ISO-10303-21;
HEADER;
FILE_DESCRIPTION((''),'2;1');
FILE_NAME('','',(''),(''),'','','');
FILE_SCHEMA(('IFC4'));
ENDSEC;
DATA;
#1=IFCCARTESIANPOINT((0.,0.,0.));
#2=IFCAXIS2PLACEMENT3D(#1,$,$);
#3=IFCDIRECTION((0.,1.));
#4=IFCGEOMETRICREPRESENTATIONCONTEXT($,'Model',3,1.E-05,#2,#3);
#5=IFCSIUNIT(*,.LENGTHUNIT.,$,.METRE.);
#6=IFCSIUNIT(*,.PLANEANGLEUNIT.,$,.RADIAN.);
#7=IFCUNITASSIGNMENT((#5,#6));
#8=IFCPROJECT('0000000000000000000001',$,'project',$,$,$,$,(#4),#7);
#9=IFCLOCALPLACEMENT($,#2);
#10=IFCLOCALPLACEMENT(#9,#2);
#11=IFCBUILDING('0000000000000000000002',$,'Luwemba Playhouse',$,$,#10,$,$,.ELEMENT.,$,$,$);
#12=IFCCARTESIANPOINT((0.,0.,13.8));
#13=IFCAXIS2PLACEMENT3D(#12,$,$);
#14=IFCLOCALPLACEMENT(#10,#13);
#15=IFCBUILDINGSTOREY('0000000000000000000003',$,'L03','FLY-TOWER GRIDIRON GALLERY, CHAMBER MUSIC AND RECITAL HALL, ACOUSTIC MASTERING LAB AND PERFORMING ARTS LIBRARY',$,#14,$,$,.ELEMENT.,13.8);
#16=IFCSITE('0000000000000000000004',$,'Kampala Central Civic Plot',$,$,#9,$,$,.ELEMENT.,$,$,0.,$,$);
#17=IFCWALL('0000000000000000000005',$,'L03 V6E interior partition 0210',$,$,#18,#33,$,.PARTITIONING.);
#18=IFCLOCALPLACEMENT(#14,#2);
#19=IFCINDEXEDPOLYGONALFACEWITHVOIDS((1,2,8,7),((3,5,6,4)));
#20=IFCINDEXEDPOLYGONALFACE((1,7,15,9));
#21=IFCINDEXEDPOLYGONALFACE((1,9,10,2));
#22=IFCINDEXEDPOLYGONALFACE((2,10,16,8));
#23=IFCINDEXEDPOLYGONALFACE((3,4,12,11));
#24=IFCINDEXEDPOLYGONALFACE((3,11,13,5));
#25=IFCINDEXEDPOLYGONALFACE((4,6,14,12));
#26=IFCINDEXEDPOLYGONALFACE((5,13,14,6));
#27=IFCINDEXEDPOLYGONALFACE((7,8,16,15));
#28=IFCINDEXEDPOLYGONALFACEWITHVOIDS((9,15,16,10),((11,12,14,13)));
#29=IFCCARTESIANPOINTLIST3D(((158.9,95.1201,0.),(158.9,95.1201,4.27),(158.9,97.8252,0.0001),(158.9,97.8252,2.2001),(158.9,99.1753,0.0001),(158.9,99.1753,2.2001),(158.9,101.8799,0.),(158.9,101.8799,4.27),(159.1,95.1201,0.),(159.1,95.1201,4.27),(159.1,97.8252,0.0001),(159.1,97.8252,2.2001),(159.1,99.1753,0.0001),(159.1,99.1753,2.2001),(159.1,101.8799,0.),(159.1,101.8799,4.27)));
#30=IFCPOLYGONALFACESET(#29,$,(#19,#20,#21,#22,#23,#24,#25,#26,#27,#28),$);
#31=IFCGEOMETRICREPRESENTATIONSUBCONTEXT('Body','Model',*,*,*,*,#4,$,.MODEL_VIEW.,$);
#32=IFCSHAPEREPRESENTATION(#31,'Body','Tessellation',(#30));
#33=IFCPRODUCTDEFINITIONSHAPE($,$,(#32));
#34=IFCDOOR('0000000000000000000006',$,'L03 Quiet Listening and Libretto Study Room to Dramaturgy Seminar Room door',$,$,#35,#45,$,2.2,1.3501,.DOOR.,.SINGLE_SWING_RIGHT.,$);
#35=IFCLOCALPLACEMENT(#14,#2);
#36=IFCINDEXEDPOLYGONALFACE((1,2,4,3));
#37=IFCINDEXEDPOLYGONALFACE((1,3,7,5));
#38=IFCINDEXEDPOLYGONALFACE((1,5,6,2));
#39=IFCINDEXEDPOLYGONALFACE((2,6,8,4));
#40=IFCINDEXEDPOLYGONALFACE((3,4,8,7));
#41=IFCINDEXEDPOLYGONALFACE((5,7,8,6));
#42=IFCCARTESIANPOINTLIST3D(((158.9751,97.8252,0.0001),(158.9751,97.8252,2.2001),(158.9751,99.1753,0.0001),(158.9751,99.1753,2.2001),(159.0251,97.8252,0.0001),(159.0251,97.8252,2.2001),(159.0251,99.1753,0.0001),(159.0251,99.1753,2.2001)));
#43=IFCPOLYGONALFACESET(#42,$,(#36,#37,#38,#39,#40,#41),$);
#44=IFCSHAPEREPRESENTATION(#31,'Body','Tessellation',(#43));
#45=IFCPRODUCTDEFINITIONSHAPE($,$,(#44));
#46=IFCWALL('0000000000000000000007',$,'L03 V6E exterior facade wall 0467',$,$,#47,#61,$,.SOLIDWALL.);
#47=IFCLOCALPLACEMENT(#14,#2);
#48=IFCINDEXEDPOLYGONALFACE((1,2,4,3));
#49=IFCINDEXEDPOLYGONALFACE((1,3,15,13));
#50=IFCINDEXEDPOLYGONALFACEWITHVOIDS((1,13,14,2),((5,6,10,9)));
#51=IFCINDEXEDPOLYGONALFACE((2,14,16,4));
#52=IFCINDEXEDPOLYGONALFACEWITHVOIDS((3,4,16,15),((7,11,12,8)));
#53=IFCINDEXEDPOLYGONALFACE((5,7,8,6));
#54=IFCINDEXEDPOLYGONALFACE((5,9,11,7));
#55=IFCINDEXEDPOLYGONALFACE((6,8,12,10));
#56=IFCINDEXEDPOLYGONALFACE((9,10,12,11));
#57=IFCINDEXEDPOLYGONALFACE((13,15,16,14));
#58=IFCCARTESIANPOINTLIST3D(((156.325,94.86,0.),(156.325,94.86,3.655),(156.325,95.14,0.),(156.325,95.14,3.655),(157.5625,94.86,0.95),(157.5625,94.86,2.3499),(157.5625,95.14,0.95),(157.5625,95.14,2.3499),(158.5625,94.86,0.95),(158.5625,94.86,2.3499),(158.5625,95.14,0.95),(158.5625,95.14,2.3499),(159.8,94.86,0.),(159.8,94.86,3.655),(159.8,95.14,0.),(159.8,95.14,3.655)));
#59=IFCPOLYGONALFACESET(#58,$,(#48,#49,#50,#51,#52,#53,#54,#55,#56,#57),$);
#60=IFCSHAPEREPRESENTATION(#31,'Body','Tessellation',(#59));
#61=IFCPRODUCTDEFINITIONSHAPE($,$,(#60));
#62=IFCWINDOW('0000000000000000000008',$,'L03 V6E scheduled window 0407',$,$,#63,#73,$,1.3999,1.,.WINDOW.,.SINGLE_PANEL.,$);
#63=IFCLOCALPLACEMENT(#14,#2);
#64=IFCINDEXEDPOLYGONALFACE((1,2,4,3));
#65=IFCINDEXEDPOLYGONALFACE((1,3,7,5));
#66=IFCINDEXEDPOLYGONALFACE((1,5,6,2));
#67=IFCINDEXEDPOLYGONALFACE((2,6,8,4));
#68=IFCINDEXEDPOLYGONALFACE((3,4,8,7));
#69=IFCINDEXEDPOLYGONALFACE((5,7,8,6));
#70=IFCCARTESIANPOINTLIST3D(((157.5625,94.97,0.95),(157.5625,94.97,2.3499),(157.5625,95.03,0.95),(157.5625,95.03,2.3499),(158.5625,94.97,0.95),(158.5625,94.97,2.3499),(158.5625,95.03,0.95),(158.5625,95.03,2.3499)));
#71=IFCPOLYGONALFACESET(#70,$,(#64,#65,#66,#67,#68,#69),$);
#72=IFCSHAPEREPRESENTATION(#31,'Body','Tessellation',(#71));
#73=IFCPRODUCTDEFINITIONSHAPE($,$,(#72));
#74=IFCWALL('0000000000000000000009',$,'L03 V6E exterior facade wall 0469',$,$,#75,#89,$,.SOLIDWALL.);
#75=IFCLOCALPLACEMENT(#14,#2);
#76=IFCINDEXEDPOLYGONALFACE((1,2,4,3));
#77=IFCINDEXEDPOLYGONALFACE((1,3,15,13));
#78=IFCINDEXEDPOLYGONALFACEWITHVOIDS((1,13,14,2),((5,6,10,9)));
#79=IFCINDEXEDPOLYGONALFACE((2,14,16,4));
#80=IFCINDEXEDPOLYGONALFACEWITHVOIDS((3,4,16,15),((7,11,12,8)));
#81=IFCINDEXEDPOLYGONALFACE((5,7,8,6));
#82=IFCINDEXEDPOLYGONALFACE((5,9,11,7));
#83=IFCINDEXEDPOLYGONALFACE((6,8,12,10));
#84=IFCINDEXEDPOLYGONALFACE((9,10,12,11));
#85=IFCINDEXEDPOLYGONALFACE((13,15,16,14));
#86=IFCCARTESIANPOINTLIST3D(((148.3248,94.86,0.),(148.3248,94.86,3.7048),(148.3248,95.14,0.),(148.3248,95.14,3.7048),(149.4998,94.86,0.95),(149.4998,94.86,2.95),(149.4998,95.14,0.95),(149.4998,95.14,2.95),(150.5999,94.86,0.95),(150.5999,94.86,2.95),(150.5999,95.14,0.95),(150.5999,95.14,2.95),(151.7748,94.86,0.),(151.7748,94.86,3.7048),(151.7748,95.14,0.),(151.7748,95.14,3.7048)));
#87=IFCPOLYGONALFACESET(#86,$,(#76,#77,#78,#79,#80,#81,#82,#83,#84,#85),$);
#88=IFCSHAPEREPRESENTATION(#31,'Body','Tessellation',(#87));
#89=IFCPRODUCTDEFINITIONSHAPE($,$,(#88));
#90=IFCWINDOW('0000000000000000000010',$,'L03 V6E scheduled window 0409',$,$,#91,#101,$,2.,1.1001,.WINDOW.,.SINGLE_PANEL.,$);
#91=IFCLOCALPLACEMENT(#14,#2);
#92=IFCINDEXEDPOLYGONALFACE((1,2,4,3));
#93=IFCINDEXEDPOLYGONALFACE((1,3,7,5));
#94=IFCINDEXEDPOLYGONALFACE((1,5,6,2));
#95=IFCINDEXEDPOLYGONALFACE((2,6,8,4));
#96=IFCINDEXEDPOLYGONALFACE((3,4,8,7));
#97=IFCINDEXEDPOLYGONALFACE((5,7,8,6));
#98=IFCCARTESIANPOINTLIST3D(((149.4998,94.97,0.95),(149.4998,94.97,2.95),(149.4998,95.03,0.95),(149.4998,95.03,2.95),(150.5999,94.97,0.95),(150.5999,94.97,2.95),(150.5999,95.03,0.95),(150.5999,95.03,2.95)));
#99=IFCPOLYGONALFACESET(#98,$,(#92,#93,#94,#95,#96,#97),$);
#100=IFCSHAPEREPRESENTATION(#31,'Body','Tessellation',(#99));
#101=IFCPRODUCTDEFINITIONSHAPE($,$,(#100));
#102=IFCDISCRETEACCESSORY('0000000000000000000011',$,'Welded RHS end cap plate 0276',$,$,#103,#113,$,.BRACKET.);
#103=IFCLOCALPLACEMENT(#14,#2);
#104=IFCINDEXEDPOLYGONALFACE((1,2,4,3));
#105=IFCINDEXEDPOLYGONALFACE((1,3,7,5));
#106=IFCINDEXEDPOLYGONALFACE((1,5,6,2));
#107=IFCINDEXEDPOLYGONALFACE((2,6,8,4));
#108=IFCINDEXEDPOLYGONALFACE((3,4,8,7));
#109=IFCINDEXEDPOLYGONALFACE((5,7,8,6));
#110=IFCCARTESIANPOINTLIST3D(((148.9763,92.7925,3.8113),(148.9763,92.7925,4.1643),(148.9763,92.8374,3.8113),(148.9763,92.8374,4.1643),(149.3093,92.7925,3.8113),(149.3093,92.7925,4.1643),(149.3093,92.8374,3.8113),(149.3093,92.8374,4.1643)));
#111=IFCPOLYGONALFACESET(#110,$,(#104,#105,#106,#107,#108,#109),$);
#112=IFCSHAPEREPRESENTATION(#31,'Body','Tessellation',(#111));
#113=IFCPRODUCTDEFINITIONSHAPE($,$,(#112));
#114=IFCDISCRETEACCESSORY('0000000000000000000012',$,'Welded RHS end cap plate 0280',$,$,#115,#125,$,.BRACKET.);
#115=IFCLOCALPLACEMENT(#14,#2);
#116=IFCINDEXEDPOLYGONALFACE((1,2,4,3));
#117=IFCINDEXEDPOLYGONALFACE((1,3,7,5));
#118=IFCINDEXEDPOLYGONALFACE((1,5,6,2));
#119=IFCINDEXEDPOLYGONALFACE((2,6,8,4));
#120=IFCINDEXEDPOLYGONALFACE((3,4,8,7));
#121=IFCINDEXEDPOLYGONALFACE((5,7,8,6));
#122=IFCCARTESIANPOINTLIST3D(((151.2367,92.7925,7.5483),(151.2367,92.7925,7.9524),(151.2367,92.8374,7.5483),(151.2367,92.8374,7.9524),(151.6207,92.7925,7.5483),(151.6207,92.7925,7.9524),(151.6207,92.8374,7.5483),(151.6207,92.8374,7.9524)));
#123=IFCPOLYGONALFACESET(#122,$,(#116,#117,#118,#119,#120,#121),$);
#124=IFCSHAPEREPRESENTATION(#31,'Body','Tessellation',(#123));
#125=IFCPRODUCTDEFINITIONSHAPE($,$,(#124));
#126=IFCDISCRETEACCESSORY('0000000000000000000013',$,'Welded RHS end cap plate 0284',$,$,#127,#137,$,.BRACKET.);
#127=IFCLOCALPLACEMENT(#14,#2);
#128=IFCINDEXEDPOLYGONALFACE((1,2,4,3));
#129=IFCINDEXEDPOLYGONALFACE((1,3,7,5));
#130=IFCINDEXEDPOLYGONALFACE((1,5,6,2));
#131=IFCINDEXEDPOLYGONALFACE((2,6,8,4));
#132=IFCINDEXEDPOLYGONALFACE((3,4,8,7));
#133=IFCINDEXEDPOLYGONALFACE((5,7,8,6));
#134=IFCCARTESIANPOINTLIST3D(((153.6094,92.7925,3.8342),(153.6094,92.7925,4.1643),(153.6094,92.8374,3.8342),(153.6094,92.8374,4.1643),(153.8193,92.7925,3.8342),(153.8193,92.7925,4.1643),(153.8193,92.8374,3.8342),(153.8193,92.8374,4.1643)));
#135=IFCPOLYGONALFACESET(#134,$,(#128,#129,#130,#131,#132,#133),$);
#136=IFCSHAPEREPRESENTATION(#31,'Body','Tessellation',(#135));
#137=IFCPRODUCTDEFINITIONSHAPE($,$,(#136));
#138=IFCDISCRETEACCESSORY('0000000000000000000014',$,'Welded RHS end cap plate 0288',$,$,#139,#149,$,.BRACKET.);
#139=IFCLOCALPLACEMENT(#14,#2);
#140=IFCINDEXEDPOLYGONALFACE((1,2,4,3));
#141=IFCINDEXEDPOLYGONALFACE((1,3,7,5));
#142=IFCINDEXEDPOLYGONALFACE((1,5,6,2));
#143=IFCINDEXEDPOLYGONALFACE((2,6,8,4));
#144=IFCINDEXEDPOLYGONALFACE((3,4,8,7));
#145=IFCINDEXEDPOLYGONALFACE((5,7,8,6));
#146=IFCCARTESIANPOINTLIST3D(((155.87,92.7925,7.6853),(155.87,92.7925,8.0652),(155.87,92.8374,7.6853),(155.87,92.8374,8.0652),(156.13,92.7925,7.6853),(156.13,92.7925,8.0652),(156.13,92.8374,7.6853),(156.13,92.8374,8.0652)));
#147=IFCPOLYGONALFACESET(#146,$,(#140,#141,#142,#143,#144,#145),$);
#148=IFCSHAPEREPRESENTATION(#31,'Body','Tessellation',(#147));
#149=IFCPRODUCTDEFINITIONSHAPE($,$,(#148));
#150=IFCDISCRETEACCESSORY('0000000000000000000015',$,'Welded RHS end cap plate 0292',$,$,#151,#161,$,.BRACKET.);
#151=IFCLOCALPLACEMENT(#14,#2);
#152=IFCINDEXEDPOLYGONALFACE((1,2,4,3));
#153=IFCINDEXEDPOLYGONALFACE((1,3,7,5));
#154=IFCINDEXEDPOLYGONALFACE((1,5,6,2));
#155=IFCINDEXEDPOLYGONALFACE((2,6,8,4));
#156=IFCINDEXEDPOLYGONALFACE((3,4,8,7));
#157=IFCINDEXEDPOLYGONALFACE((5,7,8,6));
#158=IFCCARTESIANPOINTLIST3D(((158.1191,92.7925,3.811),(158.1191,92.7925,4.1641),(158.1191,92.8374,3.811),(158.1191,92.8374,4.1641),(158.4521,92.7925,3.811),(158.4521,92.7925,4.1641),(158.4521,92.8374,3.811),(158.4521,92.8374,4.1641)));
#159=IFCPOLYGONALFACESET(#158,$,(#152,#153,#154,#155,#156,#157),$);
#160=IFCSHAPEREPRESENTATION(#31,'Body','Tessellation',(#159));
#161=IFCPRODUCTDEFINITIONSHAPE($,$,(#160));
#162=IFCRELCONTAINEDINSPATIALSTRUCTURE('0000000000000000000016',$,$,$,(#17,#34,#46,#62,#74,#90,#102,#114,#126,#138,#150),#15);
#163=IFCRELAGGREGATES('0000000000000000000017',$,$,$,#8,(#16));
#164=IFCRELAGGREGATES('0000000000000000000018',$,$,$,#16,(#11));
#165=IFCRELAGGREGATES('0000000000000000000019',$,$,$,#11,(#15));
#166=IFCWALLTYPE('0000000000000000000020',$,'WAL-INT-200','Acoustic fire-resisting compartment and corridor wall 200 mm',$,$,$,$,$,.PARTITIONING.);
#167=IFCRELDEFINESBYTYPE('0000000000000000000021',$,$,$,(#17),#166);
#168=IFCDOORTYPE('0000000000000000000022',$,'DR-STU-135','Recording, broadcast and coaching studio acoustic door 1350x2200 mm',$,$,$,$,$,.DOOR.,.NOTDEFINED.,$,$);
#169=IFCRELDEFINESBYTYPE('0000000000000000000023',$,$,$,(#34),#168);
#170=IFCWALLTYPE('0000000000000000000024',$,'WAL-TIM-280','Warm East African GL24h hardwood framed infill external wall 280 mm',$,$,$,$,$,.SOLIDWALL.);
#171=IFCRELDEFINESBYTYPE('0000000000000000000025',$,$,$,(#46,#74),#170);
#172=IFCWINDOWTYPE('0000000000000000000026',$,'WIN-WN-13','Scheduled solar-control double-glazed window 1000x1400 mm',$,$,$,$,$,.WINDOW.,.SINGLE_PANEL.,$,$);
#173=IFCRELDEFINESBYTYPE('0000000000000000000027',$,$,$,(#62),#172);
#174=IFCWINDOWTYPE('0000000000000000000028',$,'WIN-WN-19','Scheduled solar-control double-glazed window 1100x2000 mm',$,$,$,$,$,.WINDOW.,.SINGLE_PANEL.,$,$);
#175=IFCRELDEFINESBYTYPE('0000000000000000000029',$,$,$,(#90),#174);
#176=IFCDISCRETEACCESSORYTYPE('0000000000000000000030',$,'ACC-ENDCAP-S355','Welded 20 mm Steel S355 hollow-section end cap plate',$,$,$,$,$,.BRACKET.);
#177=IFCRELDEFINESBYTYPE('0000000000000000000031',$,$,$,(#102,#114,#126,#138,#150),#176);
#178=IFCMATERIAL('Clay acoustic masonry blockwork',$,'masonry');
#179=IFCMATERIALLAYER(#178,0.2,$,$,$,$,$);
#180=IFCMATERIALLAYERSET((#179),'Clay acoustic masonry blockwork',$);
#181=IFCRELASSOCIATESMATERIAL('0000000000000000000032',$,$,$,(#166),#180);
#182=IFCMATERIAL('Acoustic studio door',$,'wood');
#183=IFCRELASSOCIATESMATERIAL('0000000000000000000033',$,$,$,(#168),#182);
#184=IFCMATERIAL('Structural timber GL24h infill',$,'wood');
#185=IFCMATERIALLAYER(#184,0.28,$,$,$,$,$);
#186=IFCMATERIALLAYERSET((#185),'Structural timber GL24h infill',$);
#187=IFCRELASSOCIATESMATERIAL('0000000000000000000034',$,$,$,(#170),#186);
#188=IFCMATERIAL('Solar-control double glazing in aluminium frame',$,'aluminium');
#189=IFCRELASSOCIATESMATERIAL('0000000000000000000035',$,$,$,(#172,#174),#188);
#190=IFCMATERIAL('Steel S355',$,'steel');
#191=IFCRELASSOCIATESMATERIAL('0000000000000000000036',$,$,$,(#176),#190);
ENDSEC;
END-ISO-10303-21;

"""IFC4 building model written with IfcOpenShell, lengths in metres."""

from ifc_helpers import new_model, si_unit, direction, frame, frame_2d, origin, origin_2d, place, context, subcontext, project, spatial, rectangle, extrude, material, layer, layer_set, type_object, element, fill, save


model = new_model("IFC4")

# Units and contexts
model_context = context("Model", 3, precision=1e-05, world=origin(), true_north=direction((0.0, 1.0)))
body_context = subcontext(model_context, "Body", "Model", "MODEL_VIEW")
ifc_project = project(units=[si_unit("LENGTHUNIT", "METRE"), si_unit("PLANEANGLEUNIT", "RADIAN")], contexts=[model_context])

# Site, building, storey
site_placement = place(None, origin())
site = spatial("IfcSite", under=ifc_project, at=site_placement, Name="Kampala Central Civic Plot", CompositionType="ELEMENT", RefElevation=0.0)
building_placement = place(site_placement, origin())
building = spatial("IfcBuilding", under=site, at=building_placement, Name="Luwemba Playhouse", CompositionType="ELEMENT")
storey_placement = place(building_placement, frame((0.0, 0.0, 13.8)))
storey = spatial("IfcBuildingStorey", under=building, at=storey_placement, Name="L03", Description="FLY-TOWER GRIDIRON GALLERY, CHAMBER MUSIC AND RECITAL HALL, ACOUSTIC MASTERING LAB AND PERFORMING ARTS LIBRARY", CompositionType="ELEMENT", Elevation=13.8)

# Shared definitions
ifc_material_1 = material(Name="Steel S355", Category="steel")

# Shared definitions
ifc_material_2 = material(Name="Solar-control double glazing in aluminium frame", Category="aluminium")

# Wall, opening, door
ifc_material_3 = material(Name="Clay acoustic masonry blockwork", Category="masonry")
ifc_layer_1 = layer(ifc_material_3, 0.2)
ifc_layer_set_1 = layer_set([ifc_layer_1], Name="Clay acoustic masonry blockwork")
wall_type_1 = type_object("IfcWallType", Name="WAL-INT-200", Description="Acoustic fire-resisting compartment and corridor wall 200 mm", PredefinedType="PARTITIONING", material=ifc_layer_set_1)
wall_1_placement = place(storey_placement, frame((159.0, 95.1201, 0.0), z_axis=(0.0, 0.0, 1.0), x_axis=(0.0, 1.0, 0.0)))
wall_1 = element("IfcWall", 1, at=wall_1_placement, inside=storey, type_object=wall_type_1, Name="L03 V6E interior partition 0210", PredefinedType="PARTITIONING", context=body_context, shape_type="SweptSolid", body=[
    extrude(rectangle(XDim=6.7598, YDim=0.2, at=frame_2d((3.3799, 0.0))), origin(), (0.0, 0.0, 1.0), 4.27),
])
opening_1_placement = place(wall_1_placement, frame((2.7051, 0.0, 0.0)))
opening_1 = element("IfcOpeningElement", 2, at=opening_1_placement, cuts=wall_1, PredefinedType="OPENING", context=body_context, shape_type="SweptSolid", body=[
    extrude(rectangle(XDim=1.3501, YDim=2.2, at=frame_2d((0.675, 1.1001))), frame((0.0, 0.1099, 0.0), z_axis=(0.0, -1.0, 0.0), x_axis=(1.0, 0.0, 0.0)), (0.0, 0.0, 1.0), 0.22),
])
ifc_material_4 = material(Name="Acoustic studio door", Category="wood")
door_type_1 = type_object("IfcDoorType", Name="DR-STU-135", Description="Recording, broadcast and coaching studio acoustic door 1350x2200 mm", OperationType="NOTDEFINED", PredefinedType="DOOR", material=ifc_material_4)
door_1_placement = place(opening_1_placement, origin())
door_1 = element("IfcDoor", 3, at=door_1_placement, inside=storey, type_object=door_type_1, Name="L03 Quiet Listening and Libretto Study Room to Dramaturgy Seminar Room door", OperationType="SINGLE_SWING_RIGHT", OverallHeight=2.2, OverallWidth=1.3501, PredefinedType="DOOR", context=body_context, shape_type="SweptSolid", body=[
    extrude(rectangle(XDim=1.3501, YDim=2.2, at=frame_2d((0.675, 1.1001))), frame((0.0, 0.0249, 0.0), z_axis=(0.0, -1.0, 0.0), x_axis=(1.0, 0.0, 0.0)), (0.0, 0.0, 1.0), 0.05),
])
fill(opening_1, door_1)

# Walls, openings, windows
ifc_material_5 = material(Name="Structural timber GL24h infill", Category="wood")
ifc_layer_2 = layer(ifc_material_5, 0.28)
ifc_layer_set_2 = layer_set([ifc_layer_2], Name="Structural timber GL24h infill")
wall_type_2 = type_object("IfcWallType", Name="WAL-TIM-280", Description="Warm East African GL24h hardwood framed infill external wall 280 mm", PredefinedType="SOLIDWALL", material=ifc_layer_set_2)
wall_2_placement = place(storey_placement, frame((159.8, 95.0, 0.0), z_axis=(0.0, 0.0, 1.0), x_axis=(-1.0, 0.0, 0.0)))
wall_2 = element("IfcWall", 4, at=wall_2_placement, inside=storey, type_object=wall_type_2, Name="L03 V6E exterior facade wall 0467", PredefinedType="SOLIDWALL", context=body_context, shape_type="SweptSolid", body=[
    extrude(rectangle(XDim=3.4751, YDim=0.28, at=frame_2d((1.7375, 0.0))), origin(), (0.0, 0.0, 1.0), 3.655),
])
opening_2_placement = place(wall_2_placement, frame((1.2375, 0.0, 0.95)))
opening_2 = element("IfcOpeningElement", 5, at=opening_2_placement, cuts=wall_2, PredefinedType="OPENING", context=body_context, shape_type="SweptSolid", body=[
    extrude(rectangle(XDim=1.0, YDim=1.3999, at=frame_2d((0.5, 0.7))), frame((0.0, 0.1499, 0.0), z_axis=(0.0, -1.0, 0.0), x_axis=(1.0, 0.0, 0.0)), (0.0, 0.0, 1.0), 0.3),
])
window_type_1 = type_object("IfcWindowType", Name="WIN-WN-13", Description="Scheduled solar-control double-glazed window 1000x1400 mm", PartitioningType="SINGLE_PANEL", PredefinedType="WINDOW", material=ifc_material_2)
window_1_placement = place(opening_2_placement, origin())
window_1 = element("IfcWindow", 6, at=window_1_placement, inside=storey, type_object=window_type_1, Name="L03 V6E scheduled window 0407", OverallHeight=1.3999, OverallWidth=1.0, PartitioningType="SINGLE_PANEL", PredefinedType="WINDOW", context=body_context, shape_type="SweptSolid", body=[
    extrude(rectangle(XDim=1.0, YDim=1.3999, at=frame_2d((0.5, 0.7))), frame((0.0, 0.03, 0.0), z_axis=(0.0, -1.0, 0.0), x_axis=(1.0, 0.0, 0.0)), (0.0, 0.0, 1.0), 0.0601),
])
fill(opening_2, window_1)
wall_3_placement = place(storey_placement, frame((151.7749, 95.0, 0.0), z_axis=(0.0, 0.0, 1.0), x_axis=(-1.0, 0.0, 0.0)))
wall_3 = element("IfcWall", 7, at=wall_3_placement, inside=storey, type_object=wall_type_2, Name="L03 V6E exterior facade wall 0469", PredefinedType="SOLIDWALL", context=body_context, shape_type="SweptSolid", body=[
    extrude(rectangle(XDim=3.45, YDim=0.28, at=frame_2d((1.7251, 0.0))), origin(), (0.0, 0.0, 1.0), 3.7048),
])
opening_3_placement = place(wall_3_placement, frame((1.175, 0.0, 0.95)))
opening_3 = element("IfcOpeningElement", 8, at=opening_3_placement, cuts=wall_3, PredefinedType="OPENING", context=body_context, shape_type="SweptSolid", body=[
    extrude(rectangle(XDim=1.1001, YDim=2.0, at=frame_2d((0.55, 1.0))), frame((0.0, 0.1499, 0.0), z_axis=(0.0, -1.0, 0.0), x_axis=(1.0, 0.0, 0.0)), (0.0, 0.0, 1.0), 0.3),
])
window_type_2 = type_object("IfcWindowType", Name="WIN-WN-19", Description="Scheduled solar-control double-glazed window 1100x2000 mm", PartitioningType="SINGLE_PANEL", PredefinedType="WINDOW", material=ifc_material_2)
window_2_placement = place(opening_3_placement, origin())
window_2 = element("IfcWindow", 9, at=window_2_placement, inside=storey, type_object=window_type_2, Name="L03 V6E scheduled window 0409", OverallHeight=2.0, OverallWidth=1.1001, PartitioningType="SINGLE_PANEL", PredefinedType="WINDOW", context=body_context, shape_type="SweptSolid", body=[
    extrude(rectangle(XDim=1.1001, YDim=2.0, at=frame_2d((0.55, 1.0))), frame((0.0, 0.03, 0.0), z_axis=(0.0, -1.0, 0.0), x_axis=(1.0, 0.0, 0.0)), (0.0, 0.0, 1.0), 0.0601),
])
fill(opening_3, window_2)

# Discrete accessories
discrete_accessory_type = type_object("IfcDiscreteAccessoryType", Name="ACC-ENDCAP-S355", Description="Welded 20 mm Steel S355 hollow-section end cap plate", PredefinedType="BRACKET", material=ifc_material_1)
discrete_accessory_1_placement = place(storey_placement, frame((149.1428, 92.8149, 3.8113), z_axis=(0.0, 0.0, 1.0), x_axis=(1.0, 0.0, 0.0)))
element("IfcDiscreteAccessory", 10, at=discrete_accessory_1_placement, inside=storey, type_object=discrete_accessory_type, Name="Welded RHS end cap plate 0276", PredefinedType="BRACKET", context=body_context, shape_type="SweptSolid", body=[
    extrude(rectangle(XDim=0.333, YDim=0.0449, at=origin_2d()), origin(), (0.0, 0.0, 1.0), 0.353),
])
discrete_accessory_2_placement = place(storey_placement, frame((151.4287, 92.8149, 7.5483), z_axis=(0.0, 0.0, 1.0), x_axis=(1.0, 0.0, 0.0)))
element("IfcDiscreteAccessory", 11, at=discrete_accessory_2_placement, inside=storey, type_object=discrete_accessory_type, Name="Welded RHS end cap plate 0280", PredefinedType="BRACKET", context=body_context, shape_type="SweptSolid", body=[
    extrude(rectangle(XDim=0.384, YDim=0.0449, at=origin_2d()), origin(), (0.0, 0.0, 1.0), 0.4041),
])
discrete_accessory_3_placement = place(storey_placement, frame((153.7144, 92.8149, 3.8342), z_axis=(0.0, 0.0, 1.0), x_axis=(1.0, 0.0, 0.0)))
element("IfcDiscreteAccessory", 12, at=discrete_accessory_3_placement, inside=storey, type_object=discrete_accessory_type, Name="Welded RHS end cap plate 0284", PredefinedType="BRACKET", context=body_context, shape_type="SweptSolid", body=[
    extrude(rectangle(XDim=0.21, YDim=0.0449, at=origin_2d()), origin(), (0.0, 0.0, 1.0), 0.3301),
])
discrete_accessory_4_placement = place(storey_placement, frame((156.0, 92.8149, 7.6853), z_axis=(0.0, 0.0, 1.0), x_axis=(1.0, 0.0, 0.0)))
element("IfcDiscreteAccessory", 13, at=discrete_accessory_4_placement, inside=storey, type_object=discrete_accessory_type, Name="Welded RHS end cap plate 0288", PredefinedType="BRACKET", context=body_context, shape_type="SweptSolid", body=[
    extrude(rectangle(XDim=0.26, YDim=0.0449, at=origin_2d()), origin(), (0.0, 0.0, 1.0), 0.3799),
])
discrete_accessory_5_placement = place(storey_placement, frame((158.2856, 92.8149, 3.811), z_axis=(0.0, 0.0, 1.0), x_axis=(1.0, 0.0, 0.0)))
element("IfcDiscreteAccessory", 14, at=discrete_accessory_5_placement, inside=storey, type_object=discrete_accessory_type, Name="Welded RHS end cap plate 0292", PredefinedType="BRACKET", context=body_context, shape_type="SweptSolid", body=[
    extrude(rectangle(XDim=0.333, YDim=0.0449, at=origin_2d()), origin(), (0.0, 0.0, 1.0), 0.353),
])

save(model, "model.ifc")
